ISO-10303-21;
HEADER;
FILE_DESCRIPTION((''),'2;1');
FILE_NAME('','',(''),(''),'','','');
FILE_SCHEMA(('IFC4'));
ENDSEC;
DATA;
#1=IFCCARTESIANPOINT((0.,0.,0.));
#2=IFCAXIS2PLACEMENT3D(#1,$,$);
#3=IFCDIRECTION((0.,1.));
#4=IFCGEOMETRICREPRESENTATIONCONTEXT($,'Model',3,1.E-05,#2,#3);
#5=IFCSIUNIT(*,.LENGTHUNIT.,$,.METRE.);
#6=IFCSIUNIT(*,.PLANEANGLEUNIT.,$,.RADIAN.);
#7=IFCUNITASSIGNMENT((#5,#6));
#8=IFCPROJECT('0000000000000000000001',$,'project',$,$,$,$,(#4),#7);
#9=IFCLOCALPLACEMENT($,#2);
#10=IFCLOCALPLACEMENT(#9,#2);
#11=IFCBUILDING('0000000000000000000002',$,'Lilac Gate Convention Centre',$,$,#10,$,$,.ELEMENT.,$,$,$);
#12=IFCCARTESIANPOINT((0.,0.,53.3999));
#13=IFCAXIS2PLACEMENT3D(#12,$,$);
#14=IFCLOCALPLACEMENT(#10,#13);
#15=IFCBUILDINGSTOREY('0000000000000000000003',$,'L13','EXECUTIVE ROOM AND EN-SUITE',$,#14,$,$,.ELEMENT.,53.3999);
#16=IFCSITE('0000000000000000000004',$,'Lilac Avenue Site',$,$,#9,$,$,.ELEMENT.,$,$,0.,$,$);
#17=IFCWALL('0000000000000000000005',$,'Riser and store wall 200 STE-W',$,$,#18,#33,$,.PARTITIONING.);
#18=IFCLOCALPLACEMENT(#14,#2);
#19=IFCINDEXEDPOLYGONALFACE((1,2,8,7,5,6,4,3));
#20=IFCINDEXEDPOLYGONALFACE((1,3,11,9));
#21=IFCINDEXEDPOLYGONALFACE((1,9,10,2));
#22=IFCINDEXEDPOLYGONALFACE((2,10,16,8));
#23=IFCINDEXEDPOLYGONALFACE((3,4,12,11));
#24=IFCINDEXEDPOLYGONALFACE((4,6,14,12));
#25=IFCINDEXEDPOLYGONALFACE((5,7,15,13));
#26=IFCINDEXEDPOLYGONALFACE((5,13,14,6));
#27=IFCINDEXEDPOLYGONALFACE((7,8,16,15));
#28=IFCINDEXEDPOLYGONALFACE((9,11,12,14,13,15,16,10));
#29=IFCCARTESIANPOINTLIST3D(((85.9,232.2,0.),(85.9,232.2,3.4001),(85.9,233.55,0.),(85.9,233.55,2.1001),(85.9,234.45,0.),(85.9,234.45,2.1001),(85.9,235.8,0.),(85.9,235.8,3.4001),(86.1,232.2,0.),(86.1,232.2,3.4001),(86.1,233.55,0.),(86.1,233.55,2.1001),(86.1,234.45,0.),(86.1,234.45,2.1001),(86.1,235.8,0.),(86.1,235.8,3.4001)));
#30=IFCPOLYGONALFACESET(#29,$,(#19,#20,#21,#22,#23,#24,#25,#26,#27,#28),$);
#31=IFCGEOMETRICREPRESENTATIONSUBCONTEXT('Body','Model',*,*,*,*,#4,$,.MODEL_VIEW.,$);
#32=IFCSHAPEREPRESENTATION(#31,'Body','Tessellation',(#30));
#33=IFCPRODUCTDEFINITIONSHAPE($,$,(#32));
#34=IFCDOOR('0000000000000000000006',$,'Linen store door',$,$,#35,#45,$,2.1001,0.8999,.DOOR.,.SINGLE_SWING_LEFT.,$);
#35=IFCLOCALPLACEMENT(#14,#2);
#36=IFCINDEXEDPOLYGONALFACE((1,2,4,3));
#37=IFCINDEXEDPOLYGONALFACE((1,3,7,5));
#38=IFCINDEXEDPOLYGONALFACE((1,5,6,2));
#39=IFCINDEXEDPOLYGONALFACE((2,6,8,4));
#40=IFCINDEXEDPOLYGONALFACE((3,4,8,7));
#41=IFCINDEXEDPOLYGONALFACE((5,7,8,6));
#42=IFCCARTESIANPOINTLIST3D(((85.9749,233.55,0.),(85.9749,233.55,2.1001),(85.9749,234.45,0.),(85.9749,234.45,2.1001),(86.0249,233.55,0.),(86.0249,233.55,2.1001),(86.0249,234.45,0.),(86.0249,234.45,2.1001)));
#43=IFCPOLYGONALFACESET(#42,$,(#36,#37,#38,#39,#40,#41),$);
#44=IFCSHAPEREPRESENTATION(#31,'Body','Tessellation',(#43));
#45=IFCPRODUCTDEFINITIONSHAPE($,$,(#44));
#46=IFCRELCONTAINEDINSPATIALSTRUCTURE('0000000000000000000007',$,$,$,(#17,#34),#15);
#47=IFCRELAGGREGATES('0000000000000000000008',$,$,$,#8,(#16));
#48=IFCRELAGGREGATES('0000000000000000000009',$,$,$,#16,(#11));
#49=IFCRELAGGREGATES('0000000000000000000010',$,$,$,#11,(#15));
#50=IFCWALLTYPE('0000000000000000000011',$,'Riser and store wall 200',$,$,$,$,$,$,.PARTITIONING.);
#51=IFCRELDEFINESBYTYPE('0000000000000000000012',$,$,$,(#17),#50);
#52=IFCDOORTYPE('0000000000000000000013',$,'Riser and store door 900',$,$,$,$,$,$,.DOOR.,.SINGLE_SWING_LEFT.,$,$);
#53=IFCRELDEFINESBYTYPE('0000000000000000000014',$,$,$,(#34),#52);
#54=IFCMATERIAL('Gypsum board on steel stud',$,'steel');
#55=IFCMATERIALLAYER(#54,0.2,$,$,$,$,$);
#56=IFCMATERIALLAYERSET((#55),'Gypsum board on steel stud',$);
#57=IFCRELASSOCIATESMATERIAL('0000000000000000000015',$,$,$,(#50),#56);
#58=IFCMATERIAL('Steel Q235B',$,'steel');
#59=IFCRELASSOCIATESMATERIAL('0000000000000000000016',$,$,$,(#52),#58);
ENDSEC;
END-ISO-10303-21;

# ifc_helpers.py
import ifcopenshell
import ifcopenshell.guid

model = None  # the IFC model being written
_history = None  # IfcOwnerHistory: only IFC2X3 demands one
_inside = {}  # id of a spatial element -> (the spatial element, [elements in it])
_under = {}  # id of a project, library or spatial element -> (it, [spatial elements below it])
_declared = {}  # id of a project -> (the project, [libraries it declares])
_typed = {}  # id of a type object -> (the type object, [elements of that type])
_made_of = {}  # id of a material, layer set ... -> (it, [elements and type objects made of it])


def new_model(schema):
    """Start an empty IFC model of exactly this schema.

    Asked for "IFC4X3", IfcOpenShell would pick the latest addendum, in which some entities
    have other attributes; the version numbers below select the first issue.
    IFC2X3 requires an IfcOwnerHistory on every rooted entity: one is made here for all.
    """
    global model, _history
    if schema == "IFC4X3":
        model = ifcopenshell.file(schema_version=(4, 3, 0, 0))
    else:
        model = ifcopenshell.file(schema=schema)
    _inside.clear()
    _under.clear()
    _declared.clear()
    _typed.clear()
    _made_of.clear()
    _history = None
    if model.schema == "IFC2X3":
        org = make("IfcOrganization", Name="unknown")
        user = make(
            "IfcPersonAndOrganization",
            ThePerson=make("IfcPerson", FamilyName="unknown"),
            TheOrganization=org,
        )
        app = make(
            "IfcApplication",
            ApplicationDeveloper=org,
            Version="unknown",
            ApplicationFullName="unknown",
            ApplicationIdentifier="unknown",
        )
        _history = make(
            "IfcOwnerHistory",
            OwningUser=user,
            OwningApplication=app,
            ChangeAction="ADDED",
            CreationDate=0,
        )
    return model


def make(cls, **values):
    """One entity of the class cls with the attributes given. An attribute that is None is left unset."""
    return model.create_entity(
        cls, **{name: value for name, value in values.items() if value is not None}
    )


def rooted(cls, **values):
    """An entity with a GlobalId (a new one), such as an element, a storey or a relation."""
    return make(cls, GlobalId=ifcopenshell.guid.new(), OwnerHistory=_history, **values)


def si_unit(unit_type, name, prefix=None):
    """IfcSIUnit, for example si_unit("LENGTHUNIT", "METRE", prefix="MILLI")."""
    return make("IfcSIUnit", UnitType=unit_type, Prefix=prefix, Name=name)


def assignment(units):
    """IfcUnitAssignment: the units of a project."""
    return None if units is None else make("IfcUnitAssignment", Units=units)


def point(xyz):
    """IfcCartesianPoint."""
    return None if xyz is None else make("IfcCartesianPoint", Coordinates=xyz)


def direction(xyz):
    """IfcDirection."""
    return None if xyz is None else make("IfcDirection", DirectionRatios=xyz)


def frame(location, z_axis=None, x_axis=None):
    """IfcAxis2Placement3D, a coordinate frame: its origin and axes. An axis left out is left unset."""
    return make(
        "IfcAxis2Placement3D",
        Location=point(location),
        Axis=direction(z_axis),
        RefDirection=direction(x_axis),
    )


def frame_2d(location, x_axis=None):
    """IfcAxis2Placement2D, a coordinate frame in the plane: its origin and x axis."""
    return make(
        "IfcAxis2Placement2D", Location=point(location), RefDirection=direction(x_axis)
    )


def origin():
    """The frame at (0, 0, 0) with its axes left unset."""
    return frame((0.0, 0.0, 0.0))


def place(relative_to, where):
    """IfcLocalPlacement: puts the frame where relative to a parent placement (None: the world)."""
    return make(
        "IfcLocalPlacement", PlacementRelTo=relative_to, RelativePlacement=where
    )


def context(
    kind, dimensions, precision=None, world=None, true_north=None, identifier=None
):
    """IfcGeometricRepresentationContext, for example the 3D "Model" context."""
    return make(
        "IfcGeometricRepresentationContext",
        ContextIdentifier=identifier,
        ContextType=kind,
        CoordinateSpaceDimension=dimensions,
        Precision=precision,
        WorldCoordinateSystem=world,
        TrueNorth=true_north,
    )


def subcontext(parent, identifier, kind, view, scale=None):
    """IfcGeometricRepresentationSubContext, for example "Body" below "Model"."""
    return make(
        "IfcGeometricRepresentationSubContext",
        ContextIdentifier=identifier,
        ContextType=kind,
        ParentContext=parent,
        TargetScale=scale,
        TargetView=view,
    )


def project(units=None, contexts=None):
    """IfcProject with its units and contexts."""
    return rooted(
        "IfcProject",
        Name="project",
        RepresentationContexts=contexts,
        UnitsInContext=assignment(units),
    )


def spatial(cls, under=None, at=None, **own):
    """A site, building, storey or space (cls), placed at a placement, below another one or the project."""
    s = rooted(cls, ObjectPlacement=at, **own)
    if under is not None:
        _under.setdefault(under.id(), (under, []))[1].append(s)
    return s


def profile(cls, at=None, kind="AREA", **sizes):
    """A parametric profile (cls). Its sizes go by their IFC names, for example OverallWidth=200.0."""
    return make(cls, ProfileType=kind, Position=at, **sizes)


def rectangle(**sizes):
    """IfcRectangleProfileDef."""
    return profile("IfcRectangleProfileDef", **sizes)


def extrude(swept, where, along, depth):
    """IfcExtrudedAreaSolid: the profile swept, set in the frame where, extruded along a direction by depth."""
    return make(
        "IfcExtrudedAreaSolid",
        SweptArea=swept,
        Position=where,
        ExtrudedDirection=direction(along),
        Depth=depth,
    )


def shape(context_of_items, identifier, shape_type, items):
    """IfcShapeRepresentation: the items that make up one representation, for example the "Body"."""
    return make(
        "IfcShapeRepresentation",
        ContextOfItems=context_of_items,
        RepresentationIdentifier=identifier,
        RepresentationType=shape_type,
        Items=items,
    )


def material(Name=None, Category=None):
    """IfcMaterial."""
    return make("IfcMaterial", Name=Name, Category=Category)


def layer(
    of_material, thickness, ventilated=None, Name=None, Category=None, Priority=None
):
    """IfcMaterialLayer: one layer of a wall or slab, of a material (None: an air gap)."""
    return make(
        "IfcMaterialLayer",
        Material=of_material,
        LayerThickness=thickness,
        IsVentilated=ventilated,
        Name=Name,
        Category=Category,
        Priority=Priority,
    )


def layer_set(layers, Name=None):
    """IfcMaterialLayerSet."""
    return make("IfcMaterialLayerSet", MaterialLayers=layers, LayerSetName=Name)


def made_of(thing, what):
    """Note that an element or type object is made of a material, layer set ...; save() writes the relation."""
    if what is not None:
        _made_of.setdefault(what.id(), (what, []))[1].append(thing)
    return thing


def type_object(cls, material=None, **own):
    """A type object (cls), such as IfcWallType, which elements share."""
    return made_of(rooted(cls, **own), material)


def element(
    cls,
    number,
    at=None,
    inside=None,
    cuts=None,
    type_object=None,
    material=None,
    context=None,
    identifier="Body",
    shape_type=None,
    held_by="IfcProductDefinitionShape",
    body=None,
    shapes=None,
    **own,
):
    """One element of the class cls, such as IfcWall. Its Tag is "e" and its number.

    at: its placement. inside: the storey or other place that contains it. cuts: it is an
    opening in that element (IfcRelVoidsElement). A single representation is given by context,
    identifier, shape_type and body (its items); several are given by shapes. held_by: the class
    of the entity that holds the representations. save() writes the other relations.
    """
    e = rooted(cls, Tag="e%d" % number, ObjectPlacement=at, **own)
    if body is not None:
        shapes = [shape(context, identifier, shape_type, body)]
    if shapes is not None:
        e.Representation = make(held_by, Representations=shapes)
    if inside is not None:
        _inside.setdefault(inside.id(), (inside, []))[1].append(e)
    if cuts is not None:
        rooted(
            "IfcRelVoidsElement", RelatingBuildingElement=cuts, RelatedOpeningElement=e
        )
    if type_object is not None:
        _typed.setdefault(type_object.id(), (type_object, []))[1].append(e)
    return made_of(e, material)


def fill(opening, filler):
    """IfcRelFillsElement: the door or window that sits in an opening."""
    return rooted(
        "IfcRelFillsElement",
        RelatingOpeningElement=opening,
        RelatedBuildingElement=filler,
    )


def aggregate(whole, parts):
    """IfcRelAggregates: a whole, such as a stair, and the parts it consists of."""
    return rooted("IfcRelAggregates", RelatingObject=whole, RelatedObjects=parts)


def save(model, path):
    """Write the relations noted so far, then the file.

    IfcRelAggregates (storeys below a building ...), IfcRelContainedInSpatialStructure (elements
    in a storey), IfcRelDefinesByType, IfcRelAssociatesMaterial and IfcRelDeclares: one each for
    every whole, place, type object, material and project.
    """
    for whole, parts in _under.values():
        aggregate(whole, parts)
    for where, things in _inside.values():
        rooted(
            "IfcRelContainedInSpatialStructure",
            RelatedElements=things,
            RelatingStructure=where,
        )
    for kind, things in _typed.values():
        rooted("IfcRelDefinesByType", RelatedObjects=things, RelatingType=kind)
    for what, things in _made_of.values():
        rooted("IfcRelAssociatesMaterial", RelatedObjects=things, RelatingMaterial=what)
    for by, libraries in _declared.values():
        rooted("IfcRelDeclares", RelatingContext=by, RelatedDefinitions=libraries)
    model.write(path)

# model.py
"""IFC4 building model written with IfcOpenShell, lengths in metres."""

from ifc_helpers import new_model, si_unit, direction, frame, frame_2d, origin, place, context, subcontext, project, spatial, rectangle, extrude, material, layer, layer_set, type_object, element, fill, save


model = new_model("IFC4")

# Units and contexts
model_context = context("Model", 3, precision=1e-05, world=origin(), true_north=direction((0.0, 1.0)))
body_context = subcontext(model_context, "Body", "Model", "MODEL_VIEW")
ifc_project = project(units=[si_unit("LENGTHUNIT", "METRE"), si_unit("PLANEANGLEUNIT", "RADIAN")], contexts=[model_context])

# Site, building, storey
site_placement = place(None, origin())
site = spatial("IfcSite", under=ifc_project, at=site_placement, Name="Lilac Avenue Site", CompositionType="ELEMENT", RefElevation=0.0)
building_placement = place(site_placement, origin())
building = spatial("IfcBuilding", under=site, at=building_placement, Name="Lilac Gate Convention Centre", CompositionType="ELEMENT")
storey_placement = place(building_placement, frame((0.0, 0.0, 53.3999)))
storey = spatial("IfcBuildingStorey", under=building, at=storey_placement, Name="L13", Description="EXECUTIVE ROOM AND EN-SUITE", CompositionType="ELEMENT", Elevation=53.3999)

# Shared definitions
ifc_material_1 = material(Name="Gypsum board on steel stud", Category="steel")

# Shared definitions
ifc_layer_1 = layer(ifc_material_1, 0.2)
ifc_layer_set_1 = layer_set([ifc_layer_1], Name="Gypsum board on steel stud")
wall_type_1 = type_object("IfcWallType", Name="Riser and store wall 200", PredefinedType="PARTITIONING", material=ifc_layer_set_1)

# Wall, opening, door
wall_1_placement = place(storey_placement, frame((86.0, 235.8, 0.0), z_axis=(0.0, 0.0, 1.0), x_axis=(0.0, -1.0, 0.0)))
wall_1 = element("IfcWall", 1, at=wall_1_placement, inside=storey, type_object=wall_type_1, Name="Riser and store wall 200 STE-W", PredefinedType="PARTITIONING", context=body_context, shape_type="SweptSolid", body=[
    extrude(rectangle(XDim=3.6001, YDim=0.2, at=frame_2d((1.8, 0.0))), origin(), (0.0, 0.0, 1.0), 3.4001),
])
opening_1_placement = place(wall_1_placement, frame((1.3501, 0.0, 0.0)))
opening_1 = element("IfcOpeningElement", 2, at=opening_1_placement, cuts=wall_1, PredefinedType="OPENING", context=body_context, shape_type="SweptSolid", body=[
    extrude(rectangle(XDim=0.8999, YDim=2.1001, at=frame_2d((0.45, 1.05))), frame((0.0, 0.1099, 0.0), z_axis=(0.0, -1.0, 0.0), x_axis=(1.0, 0.0, 0.0)), (0.0, 0.0, 1.0), 0.22),
])
ifc_material_2 = material(Name="Steel Q235B", Category="steel")
door_type_1 = type_object("IfcDoorType", Name="Riser and store door 900", OperationType="SINGLE_SWING_LEFT", PredefinedType="DOOR", material=ifc_material_2)
door_1_placement = place(opening_1_placement, origin())
door_1 = element("IfcDoor", 3, at=door_1_placement, inside=storey, type_object=door_type_1, Name="Linen store door", OperationType="SINGLE_SWING_LEFT", OverallHeight=2.1001, OverallWidth=0.8999, PredefinedType="DOOR", context=body_context, shape_type="SweptSolid", body=[
    extrude(rectangle(XDim=0.8999, YDim=2.1001, at=frame_2d((0.45, 1.05))), frame((0.0, 0.0249, 0.0), z_axis=(0.0, -1.0, 0.0), x_axis=(1.0, 0.0, 0.0)), (0.0, 0.0, 1.0), 0.05),
])
fill(opening_1, door_1)

save(model, "model.ifc")
